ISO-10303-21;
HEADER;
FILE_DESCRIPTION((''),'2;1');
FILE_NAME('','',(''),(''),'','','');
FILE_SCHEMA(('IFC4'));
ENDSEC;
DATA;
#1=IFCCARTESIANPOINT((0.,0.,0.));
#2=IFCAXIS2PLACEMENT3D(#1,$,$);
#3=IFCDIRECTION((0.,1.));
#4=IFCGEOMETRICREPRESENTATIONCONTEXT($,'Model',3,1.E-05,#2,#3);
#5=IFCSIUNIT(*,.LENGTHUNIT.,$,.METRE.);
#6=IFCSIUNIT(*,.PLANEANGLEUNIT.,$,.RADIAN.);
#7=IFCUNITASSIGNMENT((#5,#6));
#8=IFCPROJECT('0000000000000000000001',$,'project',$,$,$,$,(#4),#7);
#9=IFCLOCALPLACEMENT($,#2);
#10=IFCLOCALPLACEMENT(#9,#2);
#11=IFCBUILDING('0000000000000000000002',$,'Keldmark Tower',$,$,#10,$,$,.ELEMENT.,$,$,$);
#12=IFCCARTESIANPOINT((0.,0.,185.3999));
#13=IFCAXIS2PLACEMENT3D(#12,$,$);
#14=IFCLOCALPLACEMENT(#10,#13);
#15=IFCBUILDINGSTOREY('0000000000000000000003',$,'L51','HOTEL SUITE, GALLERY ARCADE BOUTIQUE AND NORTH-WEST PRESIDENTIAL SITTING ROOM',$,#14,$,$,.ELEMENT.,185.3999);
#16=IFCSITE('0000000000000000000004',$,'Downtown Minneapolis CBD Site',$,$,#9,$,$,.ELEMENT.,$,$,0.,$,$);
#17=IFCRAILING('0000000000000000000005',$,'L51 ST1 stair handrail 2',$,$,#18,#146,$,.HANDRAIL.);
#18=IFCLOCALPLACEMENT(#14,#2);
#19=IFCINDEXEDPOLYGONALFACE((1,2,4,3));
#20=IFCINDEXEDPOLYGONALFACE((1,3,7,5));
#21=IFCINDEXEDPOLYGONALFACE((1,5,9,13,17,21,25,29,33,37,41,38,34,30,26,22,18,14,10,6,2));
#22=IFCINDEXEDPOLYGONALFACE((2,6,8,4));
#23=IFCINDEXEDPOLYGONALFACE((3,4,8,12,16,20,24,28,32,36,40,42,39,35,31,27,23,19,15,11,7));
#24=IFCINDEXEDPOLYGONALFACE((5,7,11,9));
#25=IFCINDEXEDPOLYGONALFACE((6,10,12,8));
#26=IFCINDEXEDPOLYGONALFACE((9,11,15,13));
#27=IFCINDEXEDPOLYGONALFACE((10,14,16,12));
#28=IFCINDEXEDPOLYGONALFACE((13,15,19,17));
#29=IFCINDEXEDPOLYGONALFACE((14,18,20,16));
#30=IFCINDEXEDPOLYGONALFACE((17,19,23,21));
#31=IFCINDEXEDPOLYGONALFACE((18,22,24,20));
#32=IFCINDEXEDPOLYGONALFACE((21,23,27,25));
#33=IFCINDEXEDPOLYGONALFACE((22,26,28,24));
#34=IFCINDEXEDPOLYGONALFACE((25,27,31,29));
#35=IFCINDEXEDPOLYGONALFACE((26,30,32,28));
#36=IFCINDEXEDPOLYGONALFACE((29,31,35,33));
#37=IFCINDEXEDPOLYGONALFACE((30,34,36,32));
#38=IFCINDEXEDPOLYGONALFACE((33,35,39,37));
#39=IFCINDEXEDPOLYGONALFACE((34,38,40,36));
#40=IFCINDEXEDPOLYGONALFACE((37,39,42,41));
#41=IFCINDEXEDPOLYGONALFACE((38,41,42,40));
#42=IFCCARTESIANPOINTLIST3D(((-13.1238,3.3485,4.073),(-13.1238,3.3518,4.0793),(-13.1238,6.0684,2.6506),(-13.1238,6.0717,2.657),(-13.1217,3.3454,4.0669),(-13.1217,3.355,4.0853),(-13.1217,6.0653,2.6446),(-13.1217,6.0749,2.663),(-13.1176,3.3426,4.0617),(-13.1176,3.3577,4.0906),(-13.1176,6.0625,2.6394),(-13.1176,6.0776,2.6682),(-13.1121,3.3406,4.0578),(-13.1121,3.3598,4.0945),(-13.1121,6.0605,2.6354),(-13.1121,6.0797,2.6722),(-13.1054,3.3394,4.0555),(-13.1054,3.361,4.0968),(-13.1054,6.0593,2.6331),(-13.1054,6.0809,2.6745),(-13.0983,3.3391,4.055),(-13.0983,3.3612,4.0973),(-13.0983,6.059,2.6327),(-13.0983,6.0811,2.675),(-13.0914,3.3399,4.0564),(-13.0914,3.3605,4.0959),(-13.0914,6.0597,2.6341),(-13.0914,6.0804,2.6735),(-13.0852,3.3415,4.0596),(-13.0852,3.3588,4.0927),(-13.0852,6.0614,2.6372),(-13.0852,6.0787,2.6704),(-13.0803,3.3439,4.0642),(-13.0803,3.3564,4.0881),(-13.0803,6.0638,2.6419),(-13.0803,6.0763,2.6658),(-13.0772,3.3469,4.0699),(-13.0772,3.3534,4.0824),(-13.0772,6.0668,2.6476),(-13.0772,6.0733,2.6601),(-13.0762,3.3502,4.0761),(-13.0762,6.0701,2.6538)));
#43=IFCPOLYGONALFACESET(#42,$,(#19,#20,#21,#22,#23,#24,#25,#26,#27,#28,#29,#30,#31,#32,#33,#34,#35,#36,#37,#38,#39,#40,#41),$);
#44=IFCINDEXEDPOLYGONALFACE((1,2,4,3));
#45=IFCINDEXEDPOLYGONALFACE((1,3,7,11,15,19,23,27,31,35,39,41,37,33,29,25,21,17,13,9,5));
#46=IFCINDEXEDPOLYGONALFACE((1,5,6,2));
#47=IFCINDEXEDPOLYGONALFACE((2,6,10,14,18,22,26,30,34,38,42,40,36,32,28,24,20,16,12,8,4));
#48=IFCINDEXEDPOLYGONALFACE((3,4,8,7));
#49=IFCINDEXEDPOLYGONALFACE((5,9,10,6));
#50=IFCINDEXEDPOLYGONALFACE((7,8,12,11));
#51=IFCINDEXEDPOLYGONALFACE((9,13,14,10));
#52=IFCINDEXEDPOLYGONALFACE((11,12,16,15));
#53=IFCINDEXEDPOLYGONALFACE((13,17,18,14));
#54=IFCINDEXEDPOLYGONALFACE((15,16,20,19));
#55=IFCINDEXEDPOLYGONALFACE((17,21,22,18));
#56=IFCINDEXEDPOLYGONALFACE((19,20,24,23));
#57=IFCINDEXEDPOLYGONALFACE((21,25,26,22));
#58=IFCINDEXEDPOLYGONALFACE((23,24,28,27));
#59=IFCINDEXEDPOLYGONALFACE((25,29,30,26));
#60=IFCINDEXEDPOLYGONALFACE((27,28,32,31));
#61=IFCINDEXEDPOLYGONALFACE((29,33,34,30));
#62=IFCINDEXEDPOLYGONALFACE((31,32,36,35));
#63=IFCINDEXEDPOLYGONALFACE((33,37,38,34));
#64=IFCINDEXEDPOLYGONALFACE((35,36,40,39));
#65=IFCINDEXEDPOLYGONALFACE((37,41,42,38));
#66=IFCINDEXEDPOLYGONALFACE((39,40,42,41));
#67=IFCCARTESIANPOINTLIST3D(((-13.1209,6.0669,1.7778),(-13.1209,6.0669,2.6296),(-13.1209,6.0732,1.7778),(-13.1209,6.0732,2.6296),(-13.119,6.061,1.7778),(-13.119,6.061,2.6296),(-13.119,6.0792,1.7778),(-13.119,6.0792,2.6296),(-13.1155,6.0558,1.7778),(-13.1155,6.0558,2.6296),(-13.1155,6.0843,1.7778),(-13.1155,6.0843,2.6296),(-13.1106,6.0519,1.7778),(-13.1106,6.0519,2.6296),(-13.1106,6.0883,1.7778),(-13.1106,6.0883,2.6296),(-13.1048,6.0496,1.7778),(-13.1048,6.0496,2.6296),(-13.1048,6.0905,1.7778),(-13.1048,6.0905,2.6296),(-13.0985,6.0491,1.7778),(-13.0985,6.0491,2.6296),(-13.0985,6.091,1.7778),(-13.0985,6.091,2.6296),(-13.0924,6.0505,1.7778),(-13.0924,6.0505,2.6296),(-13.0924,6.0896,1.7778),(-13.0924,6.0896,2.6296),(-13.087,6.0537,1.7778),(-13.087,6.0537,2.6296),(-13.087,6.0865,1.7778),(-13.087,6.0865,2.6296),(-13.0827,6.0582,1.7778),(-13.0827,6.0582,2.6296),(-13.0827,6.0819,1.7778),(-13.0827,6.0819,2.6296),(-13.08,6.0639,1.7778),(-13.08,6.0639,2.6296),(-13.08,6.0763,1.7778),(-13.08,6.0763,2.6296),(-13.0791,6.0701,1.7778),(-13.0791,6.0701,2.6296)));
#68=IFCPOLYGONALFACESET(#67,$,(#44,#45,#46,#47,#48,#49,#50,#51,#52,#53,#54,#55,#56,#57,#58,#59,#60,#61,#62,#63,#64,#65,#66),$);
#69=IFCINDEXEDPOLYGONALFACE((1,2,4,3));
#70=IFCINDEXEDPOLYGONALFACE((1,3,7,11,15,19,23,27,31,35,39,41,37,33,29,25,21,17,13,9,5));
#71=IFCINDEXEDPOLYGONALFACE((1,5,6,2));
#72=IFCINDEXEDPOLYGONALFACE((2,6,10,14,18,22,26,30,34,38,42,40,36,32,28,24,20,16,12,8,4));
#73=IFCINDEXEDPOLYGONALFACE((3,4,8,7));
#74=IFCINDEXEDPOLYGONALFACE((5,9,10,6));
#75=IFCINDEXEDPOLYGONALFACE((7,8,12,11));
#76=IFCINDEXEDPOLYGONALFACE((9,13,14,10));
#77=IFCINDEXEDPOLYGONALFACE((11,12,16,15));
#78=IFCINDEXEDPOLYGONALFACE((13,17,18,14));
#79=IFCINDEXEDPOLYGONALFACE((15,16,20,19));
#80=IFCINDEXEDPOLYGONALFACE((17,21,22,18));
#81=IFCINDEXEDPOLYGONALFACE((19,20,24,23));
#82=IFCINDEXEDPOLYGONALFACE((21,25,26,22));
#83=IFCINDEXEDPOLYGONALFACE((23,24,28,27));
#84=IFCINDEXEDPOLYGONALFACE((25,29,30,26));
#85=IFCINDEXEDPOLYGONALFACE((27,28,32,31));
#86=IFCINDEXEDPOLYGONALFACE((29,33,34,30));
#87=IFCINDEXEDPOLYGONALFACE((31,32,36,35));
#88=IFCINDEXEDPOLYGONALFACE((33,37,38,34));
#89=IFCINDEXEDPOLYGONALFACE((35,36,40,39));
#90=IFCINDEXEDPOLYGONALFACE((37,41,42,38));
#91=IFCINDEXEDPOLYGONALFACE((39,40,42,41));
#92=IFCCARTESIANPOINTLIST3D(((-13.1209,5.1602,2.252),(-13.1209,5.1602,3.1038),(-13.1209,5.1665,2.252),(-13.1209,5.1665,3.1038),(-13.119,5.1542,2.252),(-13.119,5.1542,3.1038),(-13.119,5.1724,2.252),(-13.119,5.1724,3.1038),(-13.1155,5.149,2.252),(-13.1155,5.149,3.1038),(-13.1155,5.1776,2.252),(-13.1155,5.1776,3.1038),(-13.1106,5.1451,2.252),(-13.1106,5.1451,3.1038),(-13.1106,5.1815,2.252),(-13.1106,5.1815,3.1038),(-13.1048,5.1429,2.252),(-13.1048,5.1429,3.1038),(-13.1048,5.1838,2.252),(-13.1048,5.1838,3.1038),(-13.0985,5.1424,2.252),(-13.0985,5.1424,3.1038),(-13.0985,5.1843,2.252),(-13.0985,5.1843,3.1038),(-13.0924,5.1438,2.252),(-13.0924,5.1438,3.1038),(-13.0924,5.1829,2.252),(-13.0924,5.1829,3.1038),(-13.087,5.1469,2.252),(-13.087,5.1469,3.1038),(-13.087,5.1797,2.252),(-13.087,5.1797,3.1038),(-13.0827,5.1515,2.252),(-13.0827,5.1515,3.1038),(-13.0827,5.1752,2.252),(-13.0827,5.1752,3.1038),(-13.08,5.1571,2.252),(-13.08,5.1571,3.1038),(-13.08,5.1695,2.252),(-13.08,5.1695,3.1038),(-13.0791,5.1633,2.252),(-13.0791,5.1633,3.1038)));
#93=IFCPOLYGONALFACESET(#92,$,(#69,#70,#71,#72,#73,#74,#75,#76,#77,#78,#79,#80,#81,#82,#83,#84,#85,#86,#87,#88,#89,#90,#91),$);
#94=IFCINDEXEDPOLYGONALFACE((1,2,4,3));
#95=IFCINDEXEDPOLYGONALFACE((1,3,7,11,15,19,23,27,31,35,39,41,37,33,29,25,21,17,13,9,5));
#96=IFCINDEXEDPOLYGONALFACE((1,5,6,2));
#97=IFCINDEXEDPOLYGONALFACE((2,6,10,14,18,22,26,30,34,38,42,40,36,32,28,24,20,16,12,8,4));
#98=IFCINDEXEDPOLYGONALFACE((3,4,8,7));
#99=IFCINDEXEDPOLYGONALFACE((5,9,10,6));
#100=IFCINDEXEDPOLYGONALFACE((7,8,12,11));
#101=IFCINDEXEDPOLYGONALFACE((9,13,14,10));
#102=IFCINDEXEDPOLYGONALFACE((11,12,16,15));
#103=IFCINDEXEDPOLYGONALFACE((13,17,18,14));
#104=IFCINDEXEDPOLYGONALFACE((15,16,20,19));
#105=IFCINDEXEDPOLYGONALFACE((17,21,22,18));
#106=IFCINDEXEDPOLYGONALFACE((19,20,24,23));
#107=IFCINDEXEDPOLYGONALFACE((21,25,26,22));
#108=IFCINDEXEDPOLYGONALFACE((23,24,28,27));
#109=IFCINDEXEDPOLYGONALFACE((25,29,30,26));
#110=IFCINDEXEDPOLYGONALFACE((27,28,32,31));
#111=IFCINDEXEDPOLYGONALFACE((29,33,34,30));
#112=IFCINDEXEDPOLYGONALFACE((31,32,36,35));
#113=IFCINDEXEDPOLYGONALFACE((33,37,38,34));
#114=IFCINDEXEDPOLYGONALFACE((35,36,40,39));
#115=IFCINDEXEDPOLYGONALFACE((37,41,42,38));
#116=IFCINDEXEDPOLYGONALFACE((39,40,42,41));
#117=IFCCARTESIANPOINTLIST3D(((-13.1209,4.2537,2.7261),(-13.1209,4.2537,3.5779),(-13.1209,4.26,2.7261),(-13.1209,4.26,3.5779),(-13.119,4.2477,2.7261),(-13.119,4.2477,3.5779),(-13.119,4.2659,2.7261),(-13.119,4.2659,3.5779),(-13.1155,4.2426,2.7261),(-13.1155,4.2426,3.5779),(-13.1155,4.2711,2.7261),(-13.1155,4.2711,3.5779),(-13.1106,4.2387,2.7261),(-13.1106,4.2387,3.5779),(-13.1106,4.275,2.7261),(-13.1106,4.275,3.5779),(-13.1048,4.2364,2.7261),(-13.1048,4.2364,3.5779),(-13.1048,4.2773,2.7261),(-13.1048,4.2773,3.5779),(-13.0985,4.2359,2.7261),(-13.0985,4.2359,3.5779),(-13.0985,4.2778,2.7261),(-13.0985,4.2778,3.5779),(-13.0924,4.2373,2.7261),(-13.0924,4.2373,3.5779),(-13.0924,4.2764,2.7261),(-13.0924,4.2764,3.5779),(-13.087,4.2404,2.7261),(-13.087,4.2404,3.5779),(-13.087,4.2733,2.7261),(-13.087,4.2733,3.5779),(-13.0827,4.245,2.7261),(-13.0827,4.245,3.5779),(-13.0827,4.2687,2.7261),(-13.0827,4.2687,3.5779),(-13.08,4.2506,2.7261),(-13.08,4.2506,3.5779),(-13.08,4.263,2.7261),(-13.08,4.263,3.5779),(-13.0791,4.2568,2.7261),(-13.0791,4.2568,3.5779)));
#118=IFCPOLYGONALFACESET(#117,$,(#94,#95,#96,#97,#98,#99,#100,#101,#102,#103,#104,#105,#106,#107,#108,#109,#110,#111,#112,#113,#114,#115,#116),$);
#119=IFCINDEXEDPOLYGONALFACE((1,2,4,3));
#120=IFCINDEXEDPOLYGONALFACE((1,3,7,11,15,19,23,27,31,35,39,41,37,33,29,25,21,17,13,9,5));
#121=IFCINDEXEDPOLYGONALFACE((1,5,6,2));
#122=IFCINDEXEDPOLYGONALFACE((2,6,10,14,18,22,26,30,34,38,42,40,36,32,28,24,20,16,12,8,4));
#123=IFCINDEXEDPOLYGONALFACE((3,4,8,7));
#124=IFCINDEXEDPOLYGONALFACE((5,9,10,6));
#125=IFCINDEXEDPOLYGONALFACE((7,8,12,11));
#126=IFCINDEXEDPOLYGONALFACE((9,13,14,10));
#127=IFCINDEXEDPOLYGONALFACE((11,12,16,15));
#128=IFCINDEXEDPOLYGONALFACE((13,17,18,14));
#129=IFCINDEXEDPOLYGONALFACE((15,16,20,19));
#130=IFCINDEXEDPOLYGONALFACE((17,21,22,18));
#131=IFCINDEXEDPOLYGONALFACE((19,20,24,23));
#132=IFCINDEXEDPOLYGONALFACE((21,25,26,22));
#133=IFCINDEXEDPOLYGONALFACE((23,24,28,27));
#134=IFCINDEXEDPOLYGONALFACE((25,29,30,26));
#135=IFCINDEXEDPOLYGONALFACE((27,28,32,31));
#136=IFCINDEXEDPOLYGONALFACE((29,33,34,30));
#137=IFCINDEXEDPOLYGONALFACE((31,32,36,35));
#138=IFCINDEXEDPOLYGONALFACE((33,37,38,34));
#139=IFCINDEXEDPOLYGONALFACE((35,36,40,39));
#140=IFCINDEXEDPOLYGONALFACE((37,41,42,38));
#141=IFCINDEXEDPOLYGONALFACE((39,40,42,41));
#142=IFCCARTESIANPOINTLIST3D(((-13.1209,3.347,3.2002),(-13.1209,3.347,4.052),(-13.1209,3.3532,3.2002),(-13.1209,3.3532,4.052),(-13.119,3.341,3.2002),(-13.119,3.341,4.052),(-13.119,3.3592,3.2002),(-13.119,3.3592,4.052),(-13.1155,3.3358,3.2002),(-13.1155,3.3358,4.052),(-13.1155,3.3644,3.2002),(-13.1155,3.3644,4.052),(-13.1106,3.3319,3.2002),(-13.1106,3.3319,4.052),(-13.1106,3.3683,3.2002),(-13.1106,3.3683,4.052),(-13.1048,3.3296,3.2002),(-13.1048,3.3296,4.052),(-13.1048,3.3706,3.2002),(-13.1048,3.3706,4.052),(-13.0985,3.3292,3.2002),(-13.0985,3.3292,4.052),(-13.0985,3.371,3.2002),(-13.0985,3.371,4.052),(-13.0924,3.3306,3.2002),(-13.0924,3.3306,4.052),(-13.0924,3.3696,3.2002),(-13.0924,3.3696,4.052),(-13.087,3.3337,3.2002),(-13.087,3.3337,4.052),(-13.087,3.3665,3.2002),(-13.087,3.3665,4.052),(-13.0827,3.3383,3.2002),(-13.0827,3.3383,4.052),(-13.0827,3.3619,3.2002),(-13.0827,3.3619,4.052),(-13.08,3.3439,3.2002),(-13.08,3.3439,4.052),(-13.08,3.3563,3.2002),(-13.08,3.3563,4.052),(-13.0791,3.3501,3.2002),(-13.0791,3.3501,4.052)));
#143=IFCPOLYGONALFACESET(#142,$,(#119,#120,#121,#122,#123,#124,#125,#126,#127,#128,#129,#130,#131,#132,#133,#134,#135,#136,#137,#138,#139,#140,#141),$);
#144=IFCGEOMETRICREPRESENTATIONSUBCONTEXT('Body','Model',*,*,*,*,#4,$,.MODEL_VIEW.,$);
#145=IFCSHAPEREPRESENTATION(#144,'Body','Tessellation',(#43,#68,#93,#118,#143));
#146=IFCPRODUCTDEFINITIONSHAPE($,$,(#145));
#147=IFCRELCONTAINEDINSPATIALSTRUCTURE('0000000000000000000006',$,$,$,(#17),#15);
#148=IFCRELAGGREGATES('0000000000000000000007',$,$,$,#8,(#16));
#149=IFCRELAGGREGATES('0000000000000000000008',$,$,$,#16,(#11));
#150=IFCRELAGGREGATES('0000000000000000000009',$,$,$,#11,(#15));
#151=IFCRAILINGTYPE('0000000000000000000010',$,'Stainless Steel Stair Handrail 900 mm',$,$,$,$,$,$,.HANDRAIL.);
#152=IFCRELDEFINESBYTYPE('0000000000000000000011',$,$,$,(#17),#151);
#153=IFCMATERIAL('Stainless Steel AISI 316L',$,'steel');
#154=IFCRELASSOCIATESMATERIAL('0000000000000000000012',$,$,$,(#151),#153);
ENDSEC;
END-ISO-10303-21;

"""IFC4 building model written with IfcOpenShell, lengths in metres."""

from ifc_helpers import new_model, si_unit, direction, frame, origin, origin_2d, place, context, subcontext, project, spatial, circle, extrude, material, type_object, element, save


model = new_model("IFC4")

# Units and contexts
model_context = context("Model", 3, precision=1e-05, world=origin(), true_north=direction((0.0, 1.0)))
body_context = subcontext(model_context, "Body", "Model", "MODEL_VIEW")
ifc_project = project(units=[si_unit("LENGTHUNIT", "METRE"), si_unit("PLANEANGLEUNIT", "RADIAN")], contexts=[model_context])

# Site, building, storey
site_placement = place(None, origin())
site = spatial("IfcSite", under=ifc_project, at=site_placement, Name="Downtown Minneapolis CBD Site", CompositionType="ELEMENT", RefElevation=0.0)
building_placement = place(site_placement, origin())
building = spatial("IfcBuilding", under=site, at=building_placement, Name="Keldmark Tower", CompositionType="ELEMENT")
storey_placement = place(building_placement, frame((0.0, 0.0, 185.3999)))
storey = spatial("IfcBuildingStorey", under=building, at=storey_placement, Name="L51", Description="HOTEL SUITE, GALLERY ARCADE BOUTIQUE AND NORTH-WEST PRESIDENTIAL SITTING ROOM", CompositionType="ELEMENT", Elevation=185.3999)

# Railing
ifc_material_1 = material(Name="Stainless Steel AISI 316L", Category="steel")
railing_type_1 = type_object("IfcRailingType", Name="Stainless Steel Stair Handrail 900 mm", PredefinedType="HANDRAIL", material=ifc_material_1)
railing_1_placement = place(storey_placement, frame((-13.1001, 6.0701, 1.7778)))
element("IfcRailing", 1, at=railing_1_placement, inside=storey, type_object=railing_type_1, Name="L51 ST1 stair handrail 2", PredefinedType="HANDRAIL", context=body_context, shape_type="SweptSolid", body=[
    extrude(circle(Radius=0.0239, at=origin_2d()), frame((0.0, 0.0, 0.876), z_axis=(0.0, -0.88615, 0.463398), x_axis=(1.0, 0.0, 0.0)), (0.0, 0.0, 1.0), 3.0693),
    extrude(circle(Radius=0.021, at=origin_2d()), origin(), (0.0, 0.0, 1.0), 0.8518),
    extrude(circle(Radius=0.021, at=origin_2d()), frame((0.0, -0.9067, 0.4741)), (0.0, 0.0, 1.0), 0.8518),
    extrude(circle(Radius=0.021, at=origin_2d()), frame((0.0, -1.8132, 0.9482)), (0.0, 0.0, 1.0), 0.8518),
    extrude(circle(Radius=0.021, at=origin_2d()), frame((0.0, -2.72, 1.4224)), (0.0, 0.0, 1.0), 0.8518),
])

save(model, "model.ifc")
